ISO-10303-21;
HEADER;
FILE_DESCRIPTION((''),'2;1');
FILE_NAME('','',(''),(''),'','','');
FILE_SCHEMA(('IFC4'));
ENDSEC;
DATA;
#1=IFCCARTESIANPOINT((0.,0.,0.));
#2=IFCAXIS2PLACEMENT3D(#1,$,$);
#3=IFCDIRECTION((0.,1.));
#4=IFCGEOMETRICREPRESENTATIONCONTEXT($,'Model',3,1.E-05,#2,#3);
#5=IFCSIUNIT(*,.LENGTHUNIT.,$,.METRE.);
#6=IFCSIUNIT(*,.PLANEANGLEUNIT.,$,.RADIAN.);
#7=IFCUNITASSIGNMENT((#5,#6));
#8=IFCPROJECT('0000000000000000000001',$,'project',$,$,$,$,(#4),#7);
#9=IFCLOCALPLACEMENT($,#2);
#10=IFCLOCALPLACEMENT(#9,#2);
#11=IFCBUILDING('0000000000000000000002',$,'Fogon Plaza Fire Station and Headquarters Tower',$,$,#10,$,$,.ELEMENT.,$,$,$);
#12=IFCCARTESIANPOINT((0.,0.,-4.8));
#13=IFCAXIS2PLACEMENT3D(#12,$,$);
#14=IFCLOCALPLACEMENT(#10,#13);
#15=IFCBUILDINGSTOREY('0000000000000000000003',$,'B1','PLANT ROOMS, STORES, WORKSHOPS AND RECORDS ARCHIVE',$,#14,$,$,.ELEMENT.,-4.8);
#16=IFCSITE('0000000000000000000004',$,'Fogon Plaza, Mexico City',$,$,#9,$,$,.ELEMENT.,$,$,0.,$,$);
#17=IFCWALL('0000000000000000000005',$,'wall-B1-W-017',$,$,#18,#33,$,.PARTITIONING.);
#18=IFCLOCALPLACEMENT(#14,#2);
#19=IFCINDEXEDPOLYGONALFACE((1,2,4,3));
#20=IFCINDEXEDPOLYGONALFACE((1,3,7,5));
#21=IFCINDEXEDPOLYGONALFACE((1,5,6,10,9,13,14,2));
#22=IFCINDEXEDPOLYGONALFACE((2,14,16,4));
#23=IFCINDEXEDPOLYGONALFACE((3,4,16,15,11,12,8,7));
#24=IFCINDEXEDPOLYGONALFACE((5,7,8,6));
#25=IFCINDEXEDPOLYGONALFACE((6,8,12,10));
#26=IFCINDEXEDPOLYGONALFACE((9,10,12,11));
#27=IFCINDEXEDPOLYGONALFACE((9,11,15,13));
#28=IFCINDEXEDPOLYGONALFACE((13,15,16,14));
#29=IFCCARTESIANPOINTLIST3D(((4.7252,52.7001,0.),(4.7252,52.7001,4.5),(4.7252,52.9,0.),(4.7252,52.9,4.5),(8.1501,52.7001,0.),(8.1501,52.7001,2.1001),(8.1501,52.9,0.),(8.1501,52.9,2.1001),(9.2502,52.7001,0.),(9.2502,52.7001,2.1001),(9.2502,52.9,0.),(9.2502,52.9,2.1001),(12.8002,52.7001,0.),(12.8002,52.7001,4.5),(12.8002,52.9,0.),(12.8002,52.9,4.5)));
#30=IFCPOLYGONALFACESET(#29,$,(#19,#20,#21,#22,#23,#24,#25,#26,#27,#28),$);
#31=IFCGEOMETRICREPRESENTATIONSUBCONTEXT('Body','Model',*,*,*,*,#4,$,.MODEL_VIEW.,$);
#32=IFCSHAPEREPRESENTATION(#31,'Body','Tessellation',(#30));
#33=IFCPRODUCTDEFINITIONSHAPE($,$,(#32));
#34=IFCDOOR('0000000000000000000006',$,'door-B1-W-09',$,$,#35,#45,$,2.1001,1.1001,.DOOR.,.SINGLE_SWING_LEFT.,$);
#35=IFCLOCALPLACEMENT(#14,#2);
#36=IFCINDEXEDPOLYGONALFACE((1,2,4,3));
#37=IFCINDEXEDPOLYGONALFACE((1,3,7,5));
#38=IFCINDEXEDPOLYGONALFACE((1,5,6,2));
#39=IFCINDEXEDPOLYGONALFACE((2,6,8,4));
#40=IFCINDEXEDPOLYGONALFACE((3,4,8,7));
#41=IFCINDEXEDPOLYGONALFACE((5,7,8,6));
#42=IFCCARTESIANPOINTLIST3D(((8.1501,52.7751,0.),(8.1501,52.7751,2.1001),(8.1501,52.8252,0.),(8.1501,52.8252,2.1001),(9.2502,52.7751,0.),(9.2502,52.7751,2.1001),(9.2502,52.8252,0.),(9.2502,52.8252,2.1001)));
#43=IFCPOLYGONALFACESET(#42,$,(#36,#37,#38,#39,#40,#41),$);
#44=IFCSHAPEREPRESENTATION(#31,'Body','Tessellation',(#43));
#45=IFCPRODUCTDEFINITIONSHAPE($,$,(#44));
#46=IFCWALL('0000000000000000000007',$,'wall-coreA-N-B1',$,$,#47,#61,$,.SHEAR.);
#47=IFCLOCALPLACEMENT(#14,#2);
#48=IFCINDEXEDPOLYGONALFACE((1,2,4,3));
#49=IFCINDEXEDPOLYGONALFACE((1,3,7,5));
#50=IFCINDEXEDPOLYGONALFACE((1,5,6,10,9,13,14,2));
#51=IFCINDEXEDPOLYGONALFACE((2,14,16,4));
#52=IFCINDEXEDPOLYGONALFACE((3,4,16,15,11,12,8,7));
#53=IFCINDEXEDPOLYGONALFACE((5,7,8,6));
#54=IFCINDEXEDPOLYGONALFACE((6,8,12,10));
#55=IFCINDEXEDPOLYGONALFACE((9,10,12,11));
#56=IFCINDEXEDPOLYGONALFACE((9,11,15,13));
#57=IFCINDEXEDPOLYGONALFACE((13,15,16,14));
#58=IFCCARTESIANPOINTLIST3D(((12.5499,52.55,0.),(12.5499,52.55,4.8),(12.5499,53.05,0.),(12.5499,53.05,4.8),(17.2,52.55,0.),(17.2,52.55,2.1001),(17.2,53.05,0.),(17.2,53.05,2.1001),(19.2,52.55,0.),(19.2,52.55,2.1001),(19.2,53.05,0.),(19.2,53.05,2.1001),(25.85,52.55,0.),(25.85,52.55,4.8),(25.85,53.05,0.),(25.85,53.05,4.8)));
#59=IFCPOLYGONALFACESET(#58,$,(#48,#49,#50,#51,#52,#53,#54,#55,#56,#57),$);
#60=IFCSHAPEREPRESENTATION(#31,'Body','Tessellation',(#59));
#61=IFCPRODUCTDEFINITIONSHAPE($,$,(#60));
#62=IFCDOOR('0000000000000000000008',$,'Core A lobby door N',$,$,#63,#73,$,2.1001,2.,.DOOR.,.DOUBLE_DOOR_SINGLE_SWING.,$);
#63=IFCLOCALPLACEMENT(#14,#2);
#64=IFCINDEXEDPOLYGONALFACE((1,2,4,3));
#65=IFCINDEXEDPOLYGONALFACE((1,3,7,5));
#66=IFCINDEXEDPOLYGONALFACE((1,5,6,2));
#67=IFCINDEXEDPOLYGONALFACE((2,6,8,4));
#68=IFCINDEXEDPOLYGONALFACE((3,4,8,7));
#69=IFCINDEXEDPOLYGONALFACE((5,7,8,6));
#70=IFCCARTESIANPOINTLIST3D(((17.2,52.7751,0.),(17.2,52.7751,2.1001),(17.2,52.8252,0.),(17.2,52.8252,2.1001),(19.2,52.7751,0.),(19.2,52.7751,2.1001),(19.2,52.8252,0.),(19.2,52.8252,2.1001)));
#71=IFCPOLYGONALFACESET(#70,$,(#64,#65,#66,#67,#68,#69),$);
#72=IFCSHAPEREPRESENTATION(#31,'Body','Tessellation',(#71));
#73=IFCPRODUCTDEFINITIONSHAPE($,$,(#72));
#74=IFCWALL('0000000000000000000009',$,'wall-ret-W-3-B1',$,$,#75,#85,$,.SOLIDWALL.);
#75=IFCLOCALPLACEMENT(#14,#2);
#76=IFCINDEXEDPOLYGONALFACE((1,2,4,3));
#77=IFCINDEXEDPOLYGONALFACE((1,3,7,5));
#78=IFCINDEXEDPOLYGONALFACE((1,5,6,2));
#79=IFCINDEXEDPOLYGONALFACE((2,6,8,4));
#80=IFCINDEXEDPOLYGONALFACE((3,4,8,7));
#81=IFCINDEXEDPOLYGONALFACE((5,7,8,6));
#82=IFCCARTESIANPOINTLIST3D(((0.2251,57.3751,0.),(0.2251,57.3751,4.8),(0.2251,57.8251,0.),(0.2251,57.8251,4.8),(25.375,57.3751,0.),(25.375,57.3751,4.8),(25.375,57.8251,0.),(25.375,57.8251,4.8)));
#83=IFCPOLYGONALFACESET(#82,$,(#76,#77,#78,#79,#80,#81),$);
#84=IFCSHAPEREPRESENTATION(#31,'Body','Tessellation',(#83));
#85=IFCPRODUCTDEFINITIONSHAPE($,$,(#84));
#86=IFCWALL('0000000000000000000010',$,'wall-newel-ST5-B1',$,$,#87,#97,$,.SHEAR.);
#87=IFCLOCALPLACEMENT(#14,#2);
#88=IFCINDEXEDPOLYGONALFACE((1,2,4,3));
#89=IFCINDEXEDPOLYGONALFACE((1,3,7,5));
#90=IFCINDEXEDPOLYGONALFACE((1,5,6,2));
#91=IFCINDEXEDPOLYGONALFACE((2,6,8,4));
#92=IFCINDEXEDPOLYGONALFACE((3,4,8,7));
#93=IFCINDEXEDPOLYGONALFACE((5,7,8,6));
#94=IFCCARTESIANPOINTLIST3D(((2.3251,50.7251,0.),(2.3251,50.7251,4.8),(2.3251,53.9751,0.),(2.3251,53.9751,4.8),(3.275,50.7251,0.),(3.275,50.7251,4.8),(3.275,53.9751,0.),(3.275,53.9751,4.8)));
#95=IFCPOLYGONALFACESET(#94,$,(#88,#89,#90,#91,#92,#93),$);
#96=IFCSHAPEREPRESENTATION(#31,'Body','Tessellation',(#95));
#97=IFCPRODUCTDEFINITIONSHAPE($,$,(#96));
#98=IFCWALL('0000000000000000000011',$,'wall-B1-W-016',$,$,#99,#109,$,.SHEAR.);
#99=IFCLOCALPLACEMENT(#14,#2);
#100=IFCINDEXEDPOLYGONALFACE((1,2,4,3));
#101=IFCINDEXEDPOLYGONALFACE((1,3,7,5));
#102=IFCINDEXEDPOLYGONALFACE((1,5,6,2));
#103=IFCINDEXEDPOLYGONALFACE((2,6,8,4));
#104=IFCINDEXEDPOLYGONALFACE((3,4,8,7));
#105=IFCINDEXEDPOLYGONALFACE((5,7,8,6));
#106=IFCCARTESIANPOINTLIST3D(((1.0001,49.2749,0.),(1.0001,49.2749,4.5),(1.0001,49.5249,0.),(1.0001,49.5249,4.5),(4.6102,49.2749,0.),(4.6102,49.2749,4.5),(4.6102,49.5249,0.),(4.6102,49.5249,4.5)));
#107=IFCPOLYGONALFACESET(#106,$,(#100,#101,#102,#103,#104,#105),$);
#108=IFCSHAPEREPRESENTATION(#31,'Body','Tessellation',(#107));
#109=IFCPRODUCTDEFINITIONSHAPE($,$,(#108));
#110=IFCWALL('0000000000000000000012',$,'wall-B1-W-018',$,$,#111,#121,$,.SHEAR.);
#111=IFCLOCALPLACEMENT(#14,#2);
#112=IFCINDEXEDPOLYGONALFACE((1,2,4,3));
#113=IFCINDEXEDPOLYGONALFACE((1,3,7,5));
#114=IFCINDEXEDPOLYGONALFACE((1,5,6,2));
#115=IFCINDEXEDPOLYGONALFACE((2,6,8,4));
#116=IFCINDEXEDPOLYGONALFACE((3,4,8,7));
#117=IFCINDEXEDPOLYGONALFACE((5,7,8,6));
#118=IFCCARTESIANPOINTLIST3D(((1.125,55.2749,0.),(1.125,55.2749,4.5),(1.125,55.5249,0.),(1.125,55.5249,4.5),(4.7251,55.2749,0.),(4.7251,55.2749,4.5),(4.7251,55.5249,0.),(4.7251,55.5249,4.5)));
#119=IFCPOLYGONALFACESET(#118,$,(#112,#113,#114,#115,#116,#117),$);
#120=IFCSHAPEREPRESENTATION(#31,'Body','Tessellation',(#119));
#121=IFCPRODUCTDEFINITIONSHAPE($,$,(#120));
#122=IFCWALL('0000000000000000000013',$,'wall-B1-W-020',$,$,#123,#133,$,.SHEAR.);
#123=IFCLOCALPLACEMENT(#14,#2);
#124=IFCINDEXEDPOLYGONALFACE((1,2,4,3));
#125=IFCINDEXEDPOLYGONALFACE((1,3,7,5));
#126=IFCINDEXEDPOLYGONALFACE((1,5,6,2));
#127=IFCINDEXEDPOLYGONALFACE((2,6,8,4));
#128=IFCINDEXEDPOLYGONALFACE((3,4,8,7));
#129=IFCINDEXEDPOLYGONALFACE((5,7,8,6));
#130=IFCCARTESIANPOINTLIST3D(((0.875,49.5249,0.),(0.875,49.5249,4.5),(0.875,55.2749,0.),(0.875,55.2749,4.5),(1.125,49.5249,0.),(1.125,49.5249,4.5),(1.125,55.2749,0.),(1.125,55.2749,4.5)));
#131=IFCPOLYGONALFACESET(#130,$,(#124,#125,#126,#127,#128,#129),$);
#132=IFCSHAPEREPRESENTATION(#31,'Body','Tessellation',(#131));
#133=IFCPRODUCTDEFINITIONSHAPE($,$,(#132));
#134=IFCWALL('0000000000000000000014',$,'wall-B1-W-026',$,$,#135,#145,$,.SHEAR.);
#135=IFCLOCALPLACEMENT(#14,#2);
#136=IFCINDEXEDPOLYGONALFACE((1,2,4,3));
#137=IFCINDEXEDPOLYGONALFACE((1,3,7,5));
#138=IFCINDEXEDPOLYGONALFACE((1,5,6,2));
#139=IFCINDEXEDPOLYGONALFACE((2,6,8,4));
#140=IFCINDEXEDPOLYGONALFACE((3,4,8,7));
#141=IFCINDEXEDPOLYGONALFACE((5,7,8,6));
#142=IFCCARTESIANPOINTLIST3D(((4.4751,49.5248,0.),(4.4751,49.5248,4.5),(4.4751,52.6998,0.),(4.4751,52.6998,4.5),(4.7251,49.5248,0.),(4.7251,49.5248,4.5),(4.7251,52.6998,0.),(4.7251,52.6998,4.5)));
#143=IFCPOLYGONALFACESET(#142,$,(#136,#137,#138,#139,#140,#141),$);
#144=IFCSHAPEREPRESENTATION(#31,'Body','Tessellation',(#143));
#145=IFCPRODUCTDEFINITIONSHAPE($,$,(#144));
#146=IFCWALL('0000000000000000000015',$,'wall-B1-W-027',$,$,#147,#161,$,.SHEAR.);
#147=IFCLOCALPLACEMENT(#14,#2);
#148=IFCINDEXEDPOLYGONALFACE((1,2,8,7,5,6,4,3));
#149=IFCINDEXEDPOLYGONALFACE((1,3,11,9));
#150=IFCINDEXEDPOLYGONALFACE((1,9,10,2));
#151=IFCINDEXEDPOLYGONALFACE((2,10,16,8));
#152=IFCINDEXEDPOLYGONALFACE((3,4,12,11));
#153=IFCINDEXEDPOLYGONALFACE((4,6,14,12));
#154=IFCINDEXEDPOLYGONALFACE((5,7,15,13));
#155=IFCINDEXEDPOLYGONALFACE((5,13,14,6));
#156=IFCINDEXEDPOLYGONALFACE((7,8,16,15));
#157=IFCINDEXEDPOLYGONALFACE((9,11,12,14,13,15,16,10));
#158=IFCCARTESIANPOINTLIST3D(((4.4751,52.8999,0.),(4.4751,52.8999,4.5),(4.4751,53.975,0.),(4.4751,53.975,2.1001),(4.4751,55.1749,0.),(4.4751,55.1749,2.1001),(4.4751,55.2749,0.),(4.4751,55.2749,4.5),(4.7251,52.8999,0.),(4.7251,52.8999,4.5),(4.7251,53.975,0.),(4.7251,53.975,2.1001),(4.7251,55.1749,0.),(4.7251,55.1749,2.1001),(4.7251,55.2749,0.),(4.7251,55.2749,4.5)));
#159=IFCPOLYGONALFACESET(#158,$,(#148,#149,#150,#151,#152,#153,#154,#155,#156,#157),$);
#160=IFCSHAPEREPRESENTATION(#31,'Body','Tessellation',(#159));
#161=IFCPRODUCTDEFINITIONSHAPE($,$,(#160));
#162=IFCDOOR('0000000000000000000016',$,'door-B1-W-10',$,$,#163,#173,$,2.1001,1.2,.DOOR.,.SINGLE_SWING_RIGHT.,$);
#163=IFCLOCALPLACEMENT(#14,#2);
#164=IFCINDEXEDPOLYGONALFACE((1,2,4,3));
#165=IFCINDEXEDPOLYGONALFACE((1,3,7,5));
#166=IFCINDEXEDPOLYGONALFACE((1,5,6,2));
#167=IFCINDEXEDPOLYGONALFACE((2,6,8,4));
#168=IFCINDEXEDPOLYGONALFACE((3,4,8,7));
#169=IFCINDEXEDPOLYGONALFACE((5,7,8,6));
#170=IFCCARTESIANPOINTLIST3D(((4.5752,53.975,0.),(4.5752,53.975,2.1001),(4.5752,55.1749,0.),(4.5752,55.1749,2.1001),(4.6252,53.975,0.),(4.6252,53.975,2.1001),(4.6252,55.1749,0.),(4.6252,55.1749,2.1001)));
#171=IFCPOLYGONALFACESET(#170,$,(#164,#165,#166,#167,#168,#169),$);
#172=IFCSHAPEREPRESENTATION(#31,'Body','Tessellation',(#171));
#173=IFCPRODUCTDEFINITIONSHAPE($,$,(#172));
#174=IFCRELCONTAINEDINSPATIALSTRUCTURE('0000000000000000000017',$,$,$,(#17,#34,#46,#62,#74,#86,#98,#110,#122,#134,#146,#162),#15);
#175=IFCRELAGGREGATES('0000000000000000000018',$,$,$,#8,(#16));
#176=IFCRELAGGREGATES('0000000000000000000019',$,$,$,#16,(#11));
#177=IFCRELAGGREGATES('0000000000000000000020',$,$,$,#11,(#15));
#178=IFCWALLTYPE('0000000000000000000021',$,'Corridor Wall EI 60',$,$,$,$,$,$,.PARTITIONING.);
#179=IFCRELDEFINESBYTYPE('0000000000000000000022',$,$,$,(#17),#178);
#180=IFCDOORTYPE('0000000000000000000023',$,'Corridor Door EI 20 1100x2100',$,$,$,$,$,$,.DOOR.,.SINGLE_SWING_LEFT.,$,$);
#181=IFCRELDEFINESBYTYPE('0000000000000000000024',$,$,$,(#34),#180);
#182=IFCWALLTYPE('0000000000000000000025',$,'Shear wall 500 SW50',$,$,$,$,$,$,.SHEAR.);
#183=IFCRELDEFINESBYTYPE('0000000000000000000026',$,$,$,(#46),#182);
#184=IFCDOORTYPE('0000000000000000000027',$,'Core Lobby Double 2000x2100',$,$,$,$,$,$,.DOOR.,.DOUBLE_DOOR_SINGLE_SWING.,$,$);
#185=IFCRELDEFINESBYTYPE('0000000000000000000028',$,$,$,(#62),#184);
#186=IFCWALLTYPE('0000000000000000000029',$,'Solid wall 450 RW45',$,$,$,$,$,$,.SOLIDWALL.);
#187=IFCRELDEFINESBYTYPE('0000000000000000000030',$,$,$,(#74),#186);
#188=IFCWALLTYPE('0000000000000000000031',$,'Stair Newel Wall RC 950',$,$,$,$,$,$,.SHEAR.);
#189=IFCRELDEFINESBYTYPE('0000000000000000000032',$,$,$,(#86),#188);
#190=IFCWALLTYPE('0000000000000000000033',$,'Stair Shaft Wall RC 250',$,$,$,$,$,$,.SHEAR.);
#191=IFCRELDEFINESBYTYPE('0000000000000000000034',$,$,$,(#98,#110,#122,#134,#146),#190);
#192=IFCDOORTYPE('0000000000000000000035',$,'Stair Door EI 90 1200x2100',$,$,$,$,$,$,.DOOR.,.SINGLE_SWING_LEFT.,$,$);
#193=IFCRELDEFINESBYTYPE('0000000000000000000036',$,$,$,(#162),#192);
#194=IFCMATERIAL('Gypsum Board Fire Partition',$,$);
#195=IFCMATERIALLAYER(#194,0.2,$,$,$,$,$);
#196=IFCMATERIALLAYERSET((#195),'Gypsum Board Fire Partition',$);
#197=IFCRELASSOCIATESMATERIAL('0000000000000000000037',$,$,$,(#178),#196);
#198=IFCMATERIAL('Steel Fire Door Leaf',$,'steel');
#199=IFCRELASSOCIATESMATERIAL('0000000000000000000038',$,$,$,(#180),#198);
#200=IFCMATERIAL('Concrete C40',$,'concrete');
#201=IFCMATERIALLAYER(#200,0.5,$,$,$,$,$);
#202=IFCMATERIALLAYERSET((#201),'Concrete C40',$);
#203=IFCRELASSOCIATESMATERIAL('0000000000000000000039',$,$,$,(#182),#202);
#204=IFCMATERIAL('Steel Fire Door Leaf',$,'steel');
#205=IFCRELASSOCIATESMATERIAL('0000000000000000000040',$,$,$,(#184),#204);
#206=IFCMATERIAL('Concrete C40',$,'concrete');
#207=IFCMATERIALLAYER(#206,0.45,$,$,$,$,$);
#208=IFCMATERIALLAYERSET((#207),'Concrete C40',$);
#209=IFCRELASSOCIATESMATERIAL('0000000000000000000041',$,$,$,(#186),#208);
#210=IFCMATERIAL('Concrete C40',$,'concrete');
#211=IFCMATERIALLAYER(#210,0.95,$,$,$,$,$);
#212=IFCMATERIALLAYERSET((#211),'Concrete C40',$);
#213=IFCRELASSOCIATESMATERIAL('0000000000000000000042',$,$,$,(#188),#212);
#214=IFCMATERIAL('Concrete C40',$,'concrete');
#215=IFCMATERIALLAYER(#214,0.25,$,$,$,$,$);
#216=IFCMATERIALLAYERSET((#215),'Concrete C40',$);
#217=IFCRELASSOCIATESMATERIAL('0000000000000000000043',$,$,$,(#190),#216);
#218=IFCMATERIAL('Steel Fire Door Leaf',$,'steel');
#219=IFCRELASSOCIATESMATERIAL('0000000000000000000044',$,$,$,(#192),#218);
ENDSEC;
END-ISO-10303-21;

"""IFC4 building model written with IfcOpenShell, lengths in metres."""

from ifc_helpers import new_model, si_unit, direction, frame, frame_2d, origin, place, context, subcontext, project, spatial, rectangle, extrude, material, layer, layer_set, type_object, element, fill, save


model = new_model("IFC4")

# Units and contexts
model_context = context("Model", 3, precision=1e-05, world=origin(), true_north=direction((0.0, 1.0)))
body_context = subcontext(model_context, "Body", "Model", "MODEL_VIEW")
ifc_project = project(units=[si_unit("LENGTHUNIT", "METRE"), si_unit("PLANEANGLEUNIT", "RADIAN")], contexts=[model_context])

# Site, building, storey
site_placement = place(None, origin())
site = spatial("IfcSite", under=ifc_project, at=site_placement, Name="Fogon Plaza, Mexico City", CompositionType="ELEMENT", RefElevation=0.0)
building_placement = place(site_placement, origin())
building = spatial("IfcBuilding", under=site, at=building_placement, Name="Fogon Plaza Fire Station and Headquarters Tower", CompositionType="ELEMENT")
storey_placement = place(building_placement, frame((0.0, 0.0, -4.8)))
storey = spatial("IfcBuildingStorey", under=building, at=storey_placement, Name="B1", Description="PLANT ROOMS, STORES, WORKSHOPS AND RECORDS ARCHIVE", CompositionType="ELEMENT", Elevation=-4.8)

# Walls, openings, doors
ifc_material_1 = material(Name="Gypsum Board Fire Partition")
ifc_layer_1 = layer(ifc_material_1, 0.2)
ifc_layer_set_1 = layer_set([ifc_layer_1], Name="Gypsum Board Fire Partition")
wall_type_1 = type_object("IfcWallType", Name="Corridor Wall EI 60", PredefinedType="PARTITIONING", material=ifc_layer_set_1)
wall_1_placement = place(storey_placement, frame((4.7251, 52.8, 0.0), z_axis=(0.0, 0.0, 1.0), x_axis=(1.0, 0.0, 0.0)))
wall_1 = element("IfcWall", 1, at=wall_1_placement, inside=storey, type_object=wall_type_1, Name="wall-B1-W-017", PredefinedType="PARTITIONING", context=body_context, shape_type="SweptSolid", body=[
    extrude(rectangle(XDim=8.075, YDim=0.2, at=frame_2d((4.0376, 0.0))), origin(), (0.0, 0.0, 1.0), 4.5),
])
opening_1_placement = place(wall_1_placement, frame((3.425, 0.0, 0.0)))
opening_1 = element("IfcOpeningElement", 2, at=opening_1_placement, cuts=wall_1, PredefinedType="OPENING", context=body_context, shape_type="SweptSolid", body=[
    extrude(rectangle(XDim=1.1001, YDim=2.1001, at=frame_2d((0.55, 1.05))), frame((0.0, 0.1099, 0.0), z_axis=(0.0, -1.0, 0.0), x_axis=(1.0, 0.0, 0.0)), (0.0, 0.0, 1.0), 0.22),
])
ifc_material_2 = material(Name="Steel Fire Door Leaf", Category="steel")
door_type_1 = type_object("IfcDoorType", Name="Corridor Door EI 20 1100x2100", OperationType="SINGLE_SWING_LEFT", PredefinedType="DOOR", material=ifc_material_2)
door_1_placement = place(opening_1_placement, frame((1.1001, 0.0, 0.0), z_axis=(0.0, 0.0, 1.0), x_axis=(-1.0, 0.0, 0.0)))
door_1 = element("IfcDoor", 3, at=door_1_placement, inside=storey, type_object=door_type_1, Name="door-B1-W-09", OperationType="SINGLE_SWING_LEFT", OverallHeight=2.1001, OverallWidth=1.1001, PredefinedType="DOOR", context=body_context, shape_type="SweptSolid", body=[
    extrude(rectangle(XDim=1.1001, YDim=2.1001, at=frame_2d((0.55, 1.05))), frame((0.0, 0.0249, 0.0), z_axis=(0.0, -1.0, 0.0), x_axis=(1.0, 0.0, 0.0)), (0.0, 0.0, 1.0), 0.05),
])
fill(opening_1, door_1)
ifc_material_3 = material(Name="Concrete C40", Category="concrete")
ifc_layer_2 = layer(ifc_material_3, 0.5)
ifc_layer_set_2 = layer_set([ifc_layer_2], Name="Concrete C40")
wall_type_2 = type_object("IfcWallType", Name="Shear wall 500 SW50", PredefinedType="SHEAR", material=ifc_layer_set_2)
wall_2_placement = place(storey_placement, frame((12.55, 52.8, 0.0), z_axis=(0.0, 0.0, 1.0), x_axis=(1.0, 0.0, 0.0)))
wall_2 = element("IfcWall", 4, at=wall_2_placement, inside=storey, type_object=wall_type_2, Name="wall-coreA-N-B1", PredefinedType="SHEAR", context=body_context, shape_type="SweptSolid", body=[
    extrude(rectangle(XDim=13.3, YDim=0.5, at=frame_2d((6.6499, 0.0))), origin(), (0.0, 0.0, 1.0), 4.8),
])
opening_2_placement = place(wall_2_placement, frame((4.6499, 0.0, 0.0)))
opening_2 = element("IfcOpeningElement", 5, at=opening_2_placement, cuts=wall_2, PredefinedType="OPENING", context=body_context, shape_type="SweptSolid", body=[
    extrude(rectangle(XDim=2.0, YDim=2.1001, at=frame_2d((1.0, 1.05))), frame((0.0, 0.26, 0.0), z_axis=(0.0, -1.0, 0.0), x_axis=(1.0, 0.0, 0.0)), (0.0, 0.0, 1.0), 0.52),
])
ifc_material_4 = material(Name="Steel Fire Door Leaf", Category="steel")
door_type_2 = type_object("IfcDoorType", Name="Core Lobby Double 2000x2100", OperationType="DOUBLE_DOOR_SINGLE_SWING", PredefinedType="DOOR", material=ifc_material_4)
door_2_placement = place(opening_2_placement, frame((2.0, 0.0, 0.0), z_axis=(0.0, 0.0, 1.0), x_axis=(-1.0, 0.0, 0.0)))
door_2 = element("IfcDoor", 6, at=door_2_placement, inside=storey, type_object=door_type_2, Name="Core A lobby door N", OperationType="DOUBLE_DOOR_SINGLE_SWING", OverallHeight=2.1001, OverallWidth=2.0, PredefinedType="DOOR", context=body_context, shape_type="SweptSolid", body=[
    extrude(rectangle(XDim=2.0, YDim=2.1001, at=frame_2d((1.0, 1.05))), frame((0.0, 0.0249, 0.0), z_axis=(0.0, -1.0, 0.0), x_axis=(1.0, 0.0, 0.0)), (0.0, 0.0, 1.0), 0.05),
])
fill(opening_2, door_2)

# Walls
ifc_material_5 = material(Name="Concrete C40", Category="concrete")
ifc_layer_3 = layer(ifc_material_5, 0.45)
ifc_layer_set_3 = layer_set([ifc_layer_3], Name="Concrete C40")
wall_type_3 = type_object("IfcWallType", Name="Solid wall 450 RW45", PredefinedType="SOLIDWALL", material=ifc_layer_set_3)
wall_3_placement = place(storey_placement, frame((0.2251, 57.6001, 0.0), z_axis=(0.0, 0.0, 1.0), x_axis=(1.0, 0.0, 0.0)))
element("IfcWall", 7, at=wall_3_placement, inside=storey, type_object=wall_type_3, Name="wall-ret-W-3-B1", PredefinedType="SOLIDWALL", context=body_context, shape_type="SweptSolid", body=[
    extrude(rectangle(XDim=25.1499, YDim=0.45, at=frame_2d((12.575, 0.0))), origin(), (0.0, 0.0, 1.0), 4.8),
])
ifc_material_6 = material(Name="Concrete C40", Category="concrete")
ifc_layer_4 = layer(ifc_material_6, 0.95)
ifc_layer_set_4 = layer_set([ifc_layer_4], Name="Concrete C40")
wall_type_4 = type_object("IfcWallType", Name="Stair Newel Wall RC 950", PredefinedType="SHEAR", material=ifc_layer_set_4)
wall_4_placement = place(storey_placement, frame((2.8, 53.9751, 0.0), z_axis=(0.0, 0.0, 1.0), x_axis=(0.0, -1.0, 0.0)))
element("IfcWall", 8, at=wall_4_placement, inside=storey, type_object=wall_type_4, Name="wall-newel-ST5-B1", PredefinedType="SHEAR", context=body_context, shape_type="SweptSolid", body=[
    extrude(rectangle(XDim=3.25, YDim=0.95, at=frame_2d((1.625, 0.0))), origin(), (0.0, 0.0, 1.0), 4.8),
])
ifc_material_7 = material(Name="Concrete C40", Category="concrete")
ifc_layer_5 = layer(ifc_material_7, 0.25)
ifc_layer_set_5 = layer_set([ifc_layer_5], Name="Concrete C40")
wall_type_5 = type_object("IfcWallType", Name="Stair Shaft Wall RC 250", PredefinedType="SHEAR", material=ifc_layer_set_5)
wall_5_placement = place(storey_placement, frame((1.0, 49.3999, 0.0), z_axis=(0.0, 0.0, 1.0), x_axis=(1.0, 0.0, 0.0)))
element("IfcWall", 9, at=wall_5_placement, inside=storey, type_object=wall_type_5, Name="wall-B1-W-016", PredefinedType="SHEAR", context=body_context, shape_type="SweptSolid", body=[
    extrude(rectangle(XDim=3.6101, YDim=0.25, at=frame_2d((1.8052, 0.0))), origin(), (0.0, 0.0, 1.0), 4.5),
])
wall_6_placement = place(storey_placement, frame((1.125, 55.3999, 0.0), z_axis=(0.0, 0.0, 1.0), x_axis=(1.0, 0.0, 0.0)))
element("IfcWall", 10, at=wall_6_placement, inside=storey, type_object=wall_type_5, Name="wall-B1-W-018", PredefinedType="SHEAR", context=body_context, shape_type="SweptSolid", body=[
    extrude(rectangle(XDim=3.6001, YDim=0.25, at=frame_2d((1.8, 0.0))), origin(), (0.0, 0.0, 1.0), 4.5),
])
wall_7_placement = place(storey_placement, frame((1.0, 49.5249, 0.0), z_axis=(0.0, 0.0, 1.0), x_axis=(0.0, 1.0, 0.0)))
element("IfcWall", 11, at=wall_7_placement, inside=storey, type_object=wall_type_5, Name="wall-B1-W-020", PredefinedType="SHEAR", context=body_context, shape_type="SweptSolid", body=[
    extrude(rectangle(XDim=5.75, YDim=0.25, at=frame_2d((2.875, 0.0))), origin(), (0.0, 0.0, 1.0), 4.5),
])
wall_8_placement = place(storey_placement, frame((4.6001, 49.5249, 0.0), z_axis=(0.0, 0.0, 1.0), x_axis=(0.0, 1.0, 0.0)))
element("IfcWall", 12, at=wall_8_placement, inside=storey, type_object=wall_type_5, Name="wall-B1-W-026", PredefinedType="SHEAR", context=body_context, shape_type="SweptSolid", body=[
    extrude(rectangle(XDim=3.175, YDim=0.25, at=frame_2d((1.5874, 0.0))), origin(), (0.0, 0.0, 1.0), 4.5),
])

# Wall, opening, door
wall_9_placement = place(storey_placement, frame((4.6001, 52.8999, 0.0), z_axis=(0.0, 0.0, 1.0), x_axis=(0.0, 1.0, 0.0)))
wall_9 = element("IfcWall", 13, at=wall_9_placement, inside=storey, type_object=wall_type_5, Name="wall-B1-W-027", PredefinedType="SHEAR", context=body_context, shape_type="SweptSolid", body=[
    extrude(rectangle(XDim=2.375, YDim=0.25, at=frame_2d((1.1875, 0.0))), origin(), (0.0, 0.0, 1.0), 4.5),
])
opening_3_placement = place(wall_9_placement, frame((1.075, 0.0, 0.0)))
opening_3 = element("IfcOpeningElement", 14, at=opening_3_placement, cuts=wall_9, PredefinedType="OPENING", context=body_context, shape_type="SweptSolid", body=[
    extrude(rectangle(XDim=1.2, YDim=2.1001, at=frame_2d((0.6001, 1.05))), frame((0.0, 0.135, 0.0), z_axis=(0.0, -1.0, 0.0), x_axis=(1.0, 0.0, 0.0)), (0.0, 0.0, 1.0), 0.27),
])
ifc_material_8 = material(Name="Steel Fire Door Leaf", Category="steel")
door_type_3 = type_object("IfcDoorType", Name="Stair Door EI 90 1200x2100", OperationType="SINGLE_SWING_LEFT", PredefinedType="DOOR", material=ifc_material_8)
door_3_placement = place(opening_3_placement, origin())
door_3 = element("IfcDoor", 15, at=door_3_placement, inside=storey, type_object=door_type_3, Name="door-B1-W-10", OperationType="SINGLE_SWING_RIGHT", OverallHeight=2.1001, OverallWidth=1.2, PredefinedType="DOOR", context=body_context, shape_type="SweptSolid", body=[
    extrude(rectangle(XDim=1.2, YDim=2.1001, at=frame_2d((0.6001, 1.05))), frame((0.0, 0.0249, 0.0), z_axis=(0.0, -1.0, 0.0), x_axis=(1.0, 0.0, 0.0)), (0.0, 0.0, 1.0), 0.05),
])
fill(opening_3, door_3)

save(model, "model.ifc")
